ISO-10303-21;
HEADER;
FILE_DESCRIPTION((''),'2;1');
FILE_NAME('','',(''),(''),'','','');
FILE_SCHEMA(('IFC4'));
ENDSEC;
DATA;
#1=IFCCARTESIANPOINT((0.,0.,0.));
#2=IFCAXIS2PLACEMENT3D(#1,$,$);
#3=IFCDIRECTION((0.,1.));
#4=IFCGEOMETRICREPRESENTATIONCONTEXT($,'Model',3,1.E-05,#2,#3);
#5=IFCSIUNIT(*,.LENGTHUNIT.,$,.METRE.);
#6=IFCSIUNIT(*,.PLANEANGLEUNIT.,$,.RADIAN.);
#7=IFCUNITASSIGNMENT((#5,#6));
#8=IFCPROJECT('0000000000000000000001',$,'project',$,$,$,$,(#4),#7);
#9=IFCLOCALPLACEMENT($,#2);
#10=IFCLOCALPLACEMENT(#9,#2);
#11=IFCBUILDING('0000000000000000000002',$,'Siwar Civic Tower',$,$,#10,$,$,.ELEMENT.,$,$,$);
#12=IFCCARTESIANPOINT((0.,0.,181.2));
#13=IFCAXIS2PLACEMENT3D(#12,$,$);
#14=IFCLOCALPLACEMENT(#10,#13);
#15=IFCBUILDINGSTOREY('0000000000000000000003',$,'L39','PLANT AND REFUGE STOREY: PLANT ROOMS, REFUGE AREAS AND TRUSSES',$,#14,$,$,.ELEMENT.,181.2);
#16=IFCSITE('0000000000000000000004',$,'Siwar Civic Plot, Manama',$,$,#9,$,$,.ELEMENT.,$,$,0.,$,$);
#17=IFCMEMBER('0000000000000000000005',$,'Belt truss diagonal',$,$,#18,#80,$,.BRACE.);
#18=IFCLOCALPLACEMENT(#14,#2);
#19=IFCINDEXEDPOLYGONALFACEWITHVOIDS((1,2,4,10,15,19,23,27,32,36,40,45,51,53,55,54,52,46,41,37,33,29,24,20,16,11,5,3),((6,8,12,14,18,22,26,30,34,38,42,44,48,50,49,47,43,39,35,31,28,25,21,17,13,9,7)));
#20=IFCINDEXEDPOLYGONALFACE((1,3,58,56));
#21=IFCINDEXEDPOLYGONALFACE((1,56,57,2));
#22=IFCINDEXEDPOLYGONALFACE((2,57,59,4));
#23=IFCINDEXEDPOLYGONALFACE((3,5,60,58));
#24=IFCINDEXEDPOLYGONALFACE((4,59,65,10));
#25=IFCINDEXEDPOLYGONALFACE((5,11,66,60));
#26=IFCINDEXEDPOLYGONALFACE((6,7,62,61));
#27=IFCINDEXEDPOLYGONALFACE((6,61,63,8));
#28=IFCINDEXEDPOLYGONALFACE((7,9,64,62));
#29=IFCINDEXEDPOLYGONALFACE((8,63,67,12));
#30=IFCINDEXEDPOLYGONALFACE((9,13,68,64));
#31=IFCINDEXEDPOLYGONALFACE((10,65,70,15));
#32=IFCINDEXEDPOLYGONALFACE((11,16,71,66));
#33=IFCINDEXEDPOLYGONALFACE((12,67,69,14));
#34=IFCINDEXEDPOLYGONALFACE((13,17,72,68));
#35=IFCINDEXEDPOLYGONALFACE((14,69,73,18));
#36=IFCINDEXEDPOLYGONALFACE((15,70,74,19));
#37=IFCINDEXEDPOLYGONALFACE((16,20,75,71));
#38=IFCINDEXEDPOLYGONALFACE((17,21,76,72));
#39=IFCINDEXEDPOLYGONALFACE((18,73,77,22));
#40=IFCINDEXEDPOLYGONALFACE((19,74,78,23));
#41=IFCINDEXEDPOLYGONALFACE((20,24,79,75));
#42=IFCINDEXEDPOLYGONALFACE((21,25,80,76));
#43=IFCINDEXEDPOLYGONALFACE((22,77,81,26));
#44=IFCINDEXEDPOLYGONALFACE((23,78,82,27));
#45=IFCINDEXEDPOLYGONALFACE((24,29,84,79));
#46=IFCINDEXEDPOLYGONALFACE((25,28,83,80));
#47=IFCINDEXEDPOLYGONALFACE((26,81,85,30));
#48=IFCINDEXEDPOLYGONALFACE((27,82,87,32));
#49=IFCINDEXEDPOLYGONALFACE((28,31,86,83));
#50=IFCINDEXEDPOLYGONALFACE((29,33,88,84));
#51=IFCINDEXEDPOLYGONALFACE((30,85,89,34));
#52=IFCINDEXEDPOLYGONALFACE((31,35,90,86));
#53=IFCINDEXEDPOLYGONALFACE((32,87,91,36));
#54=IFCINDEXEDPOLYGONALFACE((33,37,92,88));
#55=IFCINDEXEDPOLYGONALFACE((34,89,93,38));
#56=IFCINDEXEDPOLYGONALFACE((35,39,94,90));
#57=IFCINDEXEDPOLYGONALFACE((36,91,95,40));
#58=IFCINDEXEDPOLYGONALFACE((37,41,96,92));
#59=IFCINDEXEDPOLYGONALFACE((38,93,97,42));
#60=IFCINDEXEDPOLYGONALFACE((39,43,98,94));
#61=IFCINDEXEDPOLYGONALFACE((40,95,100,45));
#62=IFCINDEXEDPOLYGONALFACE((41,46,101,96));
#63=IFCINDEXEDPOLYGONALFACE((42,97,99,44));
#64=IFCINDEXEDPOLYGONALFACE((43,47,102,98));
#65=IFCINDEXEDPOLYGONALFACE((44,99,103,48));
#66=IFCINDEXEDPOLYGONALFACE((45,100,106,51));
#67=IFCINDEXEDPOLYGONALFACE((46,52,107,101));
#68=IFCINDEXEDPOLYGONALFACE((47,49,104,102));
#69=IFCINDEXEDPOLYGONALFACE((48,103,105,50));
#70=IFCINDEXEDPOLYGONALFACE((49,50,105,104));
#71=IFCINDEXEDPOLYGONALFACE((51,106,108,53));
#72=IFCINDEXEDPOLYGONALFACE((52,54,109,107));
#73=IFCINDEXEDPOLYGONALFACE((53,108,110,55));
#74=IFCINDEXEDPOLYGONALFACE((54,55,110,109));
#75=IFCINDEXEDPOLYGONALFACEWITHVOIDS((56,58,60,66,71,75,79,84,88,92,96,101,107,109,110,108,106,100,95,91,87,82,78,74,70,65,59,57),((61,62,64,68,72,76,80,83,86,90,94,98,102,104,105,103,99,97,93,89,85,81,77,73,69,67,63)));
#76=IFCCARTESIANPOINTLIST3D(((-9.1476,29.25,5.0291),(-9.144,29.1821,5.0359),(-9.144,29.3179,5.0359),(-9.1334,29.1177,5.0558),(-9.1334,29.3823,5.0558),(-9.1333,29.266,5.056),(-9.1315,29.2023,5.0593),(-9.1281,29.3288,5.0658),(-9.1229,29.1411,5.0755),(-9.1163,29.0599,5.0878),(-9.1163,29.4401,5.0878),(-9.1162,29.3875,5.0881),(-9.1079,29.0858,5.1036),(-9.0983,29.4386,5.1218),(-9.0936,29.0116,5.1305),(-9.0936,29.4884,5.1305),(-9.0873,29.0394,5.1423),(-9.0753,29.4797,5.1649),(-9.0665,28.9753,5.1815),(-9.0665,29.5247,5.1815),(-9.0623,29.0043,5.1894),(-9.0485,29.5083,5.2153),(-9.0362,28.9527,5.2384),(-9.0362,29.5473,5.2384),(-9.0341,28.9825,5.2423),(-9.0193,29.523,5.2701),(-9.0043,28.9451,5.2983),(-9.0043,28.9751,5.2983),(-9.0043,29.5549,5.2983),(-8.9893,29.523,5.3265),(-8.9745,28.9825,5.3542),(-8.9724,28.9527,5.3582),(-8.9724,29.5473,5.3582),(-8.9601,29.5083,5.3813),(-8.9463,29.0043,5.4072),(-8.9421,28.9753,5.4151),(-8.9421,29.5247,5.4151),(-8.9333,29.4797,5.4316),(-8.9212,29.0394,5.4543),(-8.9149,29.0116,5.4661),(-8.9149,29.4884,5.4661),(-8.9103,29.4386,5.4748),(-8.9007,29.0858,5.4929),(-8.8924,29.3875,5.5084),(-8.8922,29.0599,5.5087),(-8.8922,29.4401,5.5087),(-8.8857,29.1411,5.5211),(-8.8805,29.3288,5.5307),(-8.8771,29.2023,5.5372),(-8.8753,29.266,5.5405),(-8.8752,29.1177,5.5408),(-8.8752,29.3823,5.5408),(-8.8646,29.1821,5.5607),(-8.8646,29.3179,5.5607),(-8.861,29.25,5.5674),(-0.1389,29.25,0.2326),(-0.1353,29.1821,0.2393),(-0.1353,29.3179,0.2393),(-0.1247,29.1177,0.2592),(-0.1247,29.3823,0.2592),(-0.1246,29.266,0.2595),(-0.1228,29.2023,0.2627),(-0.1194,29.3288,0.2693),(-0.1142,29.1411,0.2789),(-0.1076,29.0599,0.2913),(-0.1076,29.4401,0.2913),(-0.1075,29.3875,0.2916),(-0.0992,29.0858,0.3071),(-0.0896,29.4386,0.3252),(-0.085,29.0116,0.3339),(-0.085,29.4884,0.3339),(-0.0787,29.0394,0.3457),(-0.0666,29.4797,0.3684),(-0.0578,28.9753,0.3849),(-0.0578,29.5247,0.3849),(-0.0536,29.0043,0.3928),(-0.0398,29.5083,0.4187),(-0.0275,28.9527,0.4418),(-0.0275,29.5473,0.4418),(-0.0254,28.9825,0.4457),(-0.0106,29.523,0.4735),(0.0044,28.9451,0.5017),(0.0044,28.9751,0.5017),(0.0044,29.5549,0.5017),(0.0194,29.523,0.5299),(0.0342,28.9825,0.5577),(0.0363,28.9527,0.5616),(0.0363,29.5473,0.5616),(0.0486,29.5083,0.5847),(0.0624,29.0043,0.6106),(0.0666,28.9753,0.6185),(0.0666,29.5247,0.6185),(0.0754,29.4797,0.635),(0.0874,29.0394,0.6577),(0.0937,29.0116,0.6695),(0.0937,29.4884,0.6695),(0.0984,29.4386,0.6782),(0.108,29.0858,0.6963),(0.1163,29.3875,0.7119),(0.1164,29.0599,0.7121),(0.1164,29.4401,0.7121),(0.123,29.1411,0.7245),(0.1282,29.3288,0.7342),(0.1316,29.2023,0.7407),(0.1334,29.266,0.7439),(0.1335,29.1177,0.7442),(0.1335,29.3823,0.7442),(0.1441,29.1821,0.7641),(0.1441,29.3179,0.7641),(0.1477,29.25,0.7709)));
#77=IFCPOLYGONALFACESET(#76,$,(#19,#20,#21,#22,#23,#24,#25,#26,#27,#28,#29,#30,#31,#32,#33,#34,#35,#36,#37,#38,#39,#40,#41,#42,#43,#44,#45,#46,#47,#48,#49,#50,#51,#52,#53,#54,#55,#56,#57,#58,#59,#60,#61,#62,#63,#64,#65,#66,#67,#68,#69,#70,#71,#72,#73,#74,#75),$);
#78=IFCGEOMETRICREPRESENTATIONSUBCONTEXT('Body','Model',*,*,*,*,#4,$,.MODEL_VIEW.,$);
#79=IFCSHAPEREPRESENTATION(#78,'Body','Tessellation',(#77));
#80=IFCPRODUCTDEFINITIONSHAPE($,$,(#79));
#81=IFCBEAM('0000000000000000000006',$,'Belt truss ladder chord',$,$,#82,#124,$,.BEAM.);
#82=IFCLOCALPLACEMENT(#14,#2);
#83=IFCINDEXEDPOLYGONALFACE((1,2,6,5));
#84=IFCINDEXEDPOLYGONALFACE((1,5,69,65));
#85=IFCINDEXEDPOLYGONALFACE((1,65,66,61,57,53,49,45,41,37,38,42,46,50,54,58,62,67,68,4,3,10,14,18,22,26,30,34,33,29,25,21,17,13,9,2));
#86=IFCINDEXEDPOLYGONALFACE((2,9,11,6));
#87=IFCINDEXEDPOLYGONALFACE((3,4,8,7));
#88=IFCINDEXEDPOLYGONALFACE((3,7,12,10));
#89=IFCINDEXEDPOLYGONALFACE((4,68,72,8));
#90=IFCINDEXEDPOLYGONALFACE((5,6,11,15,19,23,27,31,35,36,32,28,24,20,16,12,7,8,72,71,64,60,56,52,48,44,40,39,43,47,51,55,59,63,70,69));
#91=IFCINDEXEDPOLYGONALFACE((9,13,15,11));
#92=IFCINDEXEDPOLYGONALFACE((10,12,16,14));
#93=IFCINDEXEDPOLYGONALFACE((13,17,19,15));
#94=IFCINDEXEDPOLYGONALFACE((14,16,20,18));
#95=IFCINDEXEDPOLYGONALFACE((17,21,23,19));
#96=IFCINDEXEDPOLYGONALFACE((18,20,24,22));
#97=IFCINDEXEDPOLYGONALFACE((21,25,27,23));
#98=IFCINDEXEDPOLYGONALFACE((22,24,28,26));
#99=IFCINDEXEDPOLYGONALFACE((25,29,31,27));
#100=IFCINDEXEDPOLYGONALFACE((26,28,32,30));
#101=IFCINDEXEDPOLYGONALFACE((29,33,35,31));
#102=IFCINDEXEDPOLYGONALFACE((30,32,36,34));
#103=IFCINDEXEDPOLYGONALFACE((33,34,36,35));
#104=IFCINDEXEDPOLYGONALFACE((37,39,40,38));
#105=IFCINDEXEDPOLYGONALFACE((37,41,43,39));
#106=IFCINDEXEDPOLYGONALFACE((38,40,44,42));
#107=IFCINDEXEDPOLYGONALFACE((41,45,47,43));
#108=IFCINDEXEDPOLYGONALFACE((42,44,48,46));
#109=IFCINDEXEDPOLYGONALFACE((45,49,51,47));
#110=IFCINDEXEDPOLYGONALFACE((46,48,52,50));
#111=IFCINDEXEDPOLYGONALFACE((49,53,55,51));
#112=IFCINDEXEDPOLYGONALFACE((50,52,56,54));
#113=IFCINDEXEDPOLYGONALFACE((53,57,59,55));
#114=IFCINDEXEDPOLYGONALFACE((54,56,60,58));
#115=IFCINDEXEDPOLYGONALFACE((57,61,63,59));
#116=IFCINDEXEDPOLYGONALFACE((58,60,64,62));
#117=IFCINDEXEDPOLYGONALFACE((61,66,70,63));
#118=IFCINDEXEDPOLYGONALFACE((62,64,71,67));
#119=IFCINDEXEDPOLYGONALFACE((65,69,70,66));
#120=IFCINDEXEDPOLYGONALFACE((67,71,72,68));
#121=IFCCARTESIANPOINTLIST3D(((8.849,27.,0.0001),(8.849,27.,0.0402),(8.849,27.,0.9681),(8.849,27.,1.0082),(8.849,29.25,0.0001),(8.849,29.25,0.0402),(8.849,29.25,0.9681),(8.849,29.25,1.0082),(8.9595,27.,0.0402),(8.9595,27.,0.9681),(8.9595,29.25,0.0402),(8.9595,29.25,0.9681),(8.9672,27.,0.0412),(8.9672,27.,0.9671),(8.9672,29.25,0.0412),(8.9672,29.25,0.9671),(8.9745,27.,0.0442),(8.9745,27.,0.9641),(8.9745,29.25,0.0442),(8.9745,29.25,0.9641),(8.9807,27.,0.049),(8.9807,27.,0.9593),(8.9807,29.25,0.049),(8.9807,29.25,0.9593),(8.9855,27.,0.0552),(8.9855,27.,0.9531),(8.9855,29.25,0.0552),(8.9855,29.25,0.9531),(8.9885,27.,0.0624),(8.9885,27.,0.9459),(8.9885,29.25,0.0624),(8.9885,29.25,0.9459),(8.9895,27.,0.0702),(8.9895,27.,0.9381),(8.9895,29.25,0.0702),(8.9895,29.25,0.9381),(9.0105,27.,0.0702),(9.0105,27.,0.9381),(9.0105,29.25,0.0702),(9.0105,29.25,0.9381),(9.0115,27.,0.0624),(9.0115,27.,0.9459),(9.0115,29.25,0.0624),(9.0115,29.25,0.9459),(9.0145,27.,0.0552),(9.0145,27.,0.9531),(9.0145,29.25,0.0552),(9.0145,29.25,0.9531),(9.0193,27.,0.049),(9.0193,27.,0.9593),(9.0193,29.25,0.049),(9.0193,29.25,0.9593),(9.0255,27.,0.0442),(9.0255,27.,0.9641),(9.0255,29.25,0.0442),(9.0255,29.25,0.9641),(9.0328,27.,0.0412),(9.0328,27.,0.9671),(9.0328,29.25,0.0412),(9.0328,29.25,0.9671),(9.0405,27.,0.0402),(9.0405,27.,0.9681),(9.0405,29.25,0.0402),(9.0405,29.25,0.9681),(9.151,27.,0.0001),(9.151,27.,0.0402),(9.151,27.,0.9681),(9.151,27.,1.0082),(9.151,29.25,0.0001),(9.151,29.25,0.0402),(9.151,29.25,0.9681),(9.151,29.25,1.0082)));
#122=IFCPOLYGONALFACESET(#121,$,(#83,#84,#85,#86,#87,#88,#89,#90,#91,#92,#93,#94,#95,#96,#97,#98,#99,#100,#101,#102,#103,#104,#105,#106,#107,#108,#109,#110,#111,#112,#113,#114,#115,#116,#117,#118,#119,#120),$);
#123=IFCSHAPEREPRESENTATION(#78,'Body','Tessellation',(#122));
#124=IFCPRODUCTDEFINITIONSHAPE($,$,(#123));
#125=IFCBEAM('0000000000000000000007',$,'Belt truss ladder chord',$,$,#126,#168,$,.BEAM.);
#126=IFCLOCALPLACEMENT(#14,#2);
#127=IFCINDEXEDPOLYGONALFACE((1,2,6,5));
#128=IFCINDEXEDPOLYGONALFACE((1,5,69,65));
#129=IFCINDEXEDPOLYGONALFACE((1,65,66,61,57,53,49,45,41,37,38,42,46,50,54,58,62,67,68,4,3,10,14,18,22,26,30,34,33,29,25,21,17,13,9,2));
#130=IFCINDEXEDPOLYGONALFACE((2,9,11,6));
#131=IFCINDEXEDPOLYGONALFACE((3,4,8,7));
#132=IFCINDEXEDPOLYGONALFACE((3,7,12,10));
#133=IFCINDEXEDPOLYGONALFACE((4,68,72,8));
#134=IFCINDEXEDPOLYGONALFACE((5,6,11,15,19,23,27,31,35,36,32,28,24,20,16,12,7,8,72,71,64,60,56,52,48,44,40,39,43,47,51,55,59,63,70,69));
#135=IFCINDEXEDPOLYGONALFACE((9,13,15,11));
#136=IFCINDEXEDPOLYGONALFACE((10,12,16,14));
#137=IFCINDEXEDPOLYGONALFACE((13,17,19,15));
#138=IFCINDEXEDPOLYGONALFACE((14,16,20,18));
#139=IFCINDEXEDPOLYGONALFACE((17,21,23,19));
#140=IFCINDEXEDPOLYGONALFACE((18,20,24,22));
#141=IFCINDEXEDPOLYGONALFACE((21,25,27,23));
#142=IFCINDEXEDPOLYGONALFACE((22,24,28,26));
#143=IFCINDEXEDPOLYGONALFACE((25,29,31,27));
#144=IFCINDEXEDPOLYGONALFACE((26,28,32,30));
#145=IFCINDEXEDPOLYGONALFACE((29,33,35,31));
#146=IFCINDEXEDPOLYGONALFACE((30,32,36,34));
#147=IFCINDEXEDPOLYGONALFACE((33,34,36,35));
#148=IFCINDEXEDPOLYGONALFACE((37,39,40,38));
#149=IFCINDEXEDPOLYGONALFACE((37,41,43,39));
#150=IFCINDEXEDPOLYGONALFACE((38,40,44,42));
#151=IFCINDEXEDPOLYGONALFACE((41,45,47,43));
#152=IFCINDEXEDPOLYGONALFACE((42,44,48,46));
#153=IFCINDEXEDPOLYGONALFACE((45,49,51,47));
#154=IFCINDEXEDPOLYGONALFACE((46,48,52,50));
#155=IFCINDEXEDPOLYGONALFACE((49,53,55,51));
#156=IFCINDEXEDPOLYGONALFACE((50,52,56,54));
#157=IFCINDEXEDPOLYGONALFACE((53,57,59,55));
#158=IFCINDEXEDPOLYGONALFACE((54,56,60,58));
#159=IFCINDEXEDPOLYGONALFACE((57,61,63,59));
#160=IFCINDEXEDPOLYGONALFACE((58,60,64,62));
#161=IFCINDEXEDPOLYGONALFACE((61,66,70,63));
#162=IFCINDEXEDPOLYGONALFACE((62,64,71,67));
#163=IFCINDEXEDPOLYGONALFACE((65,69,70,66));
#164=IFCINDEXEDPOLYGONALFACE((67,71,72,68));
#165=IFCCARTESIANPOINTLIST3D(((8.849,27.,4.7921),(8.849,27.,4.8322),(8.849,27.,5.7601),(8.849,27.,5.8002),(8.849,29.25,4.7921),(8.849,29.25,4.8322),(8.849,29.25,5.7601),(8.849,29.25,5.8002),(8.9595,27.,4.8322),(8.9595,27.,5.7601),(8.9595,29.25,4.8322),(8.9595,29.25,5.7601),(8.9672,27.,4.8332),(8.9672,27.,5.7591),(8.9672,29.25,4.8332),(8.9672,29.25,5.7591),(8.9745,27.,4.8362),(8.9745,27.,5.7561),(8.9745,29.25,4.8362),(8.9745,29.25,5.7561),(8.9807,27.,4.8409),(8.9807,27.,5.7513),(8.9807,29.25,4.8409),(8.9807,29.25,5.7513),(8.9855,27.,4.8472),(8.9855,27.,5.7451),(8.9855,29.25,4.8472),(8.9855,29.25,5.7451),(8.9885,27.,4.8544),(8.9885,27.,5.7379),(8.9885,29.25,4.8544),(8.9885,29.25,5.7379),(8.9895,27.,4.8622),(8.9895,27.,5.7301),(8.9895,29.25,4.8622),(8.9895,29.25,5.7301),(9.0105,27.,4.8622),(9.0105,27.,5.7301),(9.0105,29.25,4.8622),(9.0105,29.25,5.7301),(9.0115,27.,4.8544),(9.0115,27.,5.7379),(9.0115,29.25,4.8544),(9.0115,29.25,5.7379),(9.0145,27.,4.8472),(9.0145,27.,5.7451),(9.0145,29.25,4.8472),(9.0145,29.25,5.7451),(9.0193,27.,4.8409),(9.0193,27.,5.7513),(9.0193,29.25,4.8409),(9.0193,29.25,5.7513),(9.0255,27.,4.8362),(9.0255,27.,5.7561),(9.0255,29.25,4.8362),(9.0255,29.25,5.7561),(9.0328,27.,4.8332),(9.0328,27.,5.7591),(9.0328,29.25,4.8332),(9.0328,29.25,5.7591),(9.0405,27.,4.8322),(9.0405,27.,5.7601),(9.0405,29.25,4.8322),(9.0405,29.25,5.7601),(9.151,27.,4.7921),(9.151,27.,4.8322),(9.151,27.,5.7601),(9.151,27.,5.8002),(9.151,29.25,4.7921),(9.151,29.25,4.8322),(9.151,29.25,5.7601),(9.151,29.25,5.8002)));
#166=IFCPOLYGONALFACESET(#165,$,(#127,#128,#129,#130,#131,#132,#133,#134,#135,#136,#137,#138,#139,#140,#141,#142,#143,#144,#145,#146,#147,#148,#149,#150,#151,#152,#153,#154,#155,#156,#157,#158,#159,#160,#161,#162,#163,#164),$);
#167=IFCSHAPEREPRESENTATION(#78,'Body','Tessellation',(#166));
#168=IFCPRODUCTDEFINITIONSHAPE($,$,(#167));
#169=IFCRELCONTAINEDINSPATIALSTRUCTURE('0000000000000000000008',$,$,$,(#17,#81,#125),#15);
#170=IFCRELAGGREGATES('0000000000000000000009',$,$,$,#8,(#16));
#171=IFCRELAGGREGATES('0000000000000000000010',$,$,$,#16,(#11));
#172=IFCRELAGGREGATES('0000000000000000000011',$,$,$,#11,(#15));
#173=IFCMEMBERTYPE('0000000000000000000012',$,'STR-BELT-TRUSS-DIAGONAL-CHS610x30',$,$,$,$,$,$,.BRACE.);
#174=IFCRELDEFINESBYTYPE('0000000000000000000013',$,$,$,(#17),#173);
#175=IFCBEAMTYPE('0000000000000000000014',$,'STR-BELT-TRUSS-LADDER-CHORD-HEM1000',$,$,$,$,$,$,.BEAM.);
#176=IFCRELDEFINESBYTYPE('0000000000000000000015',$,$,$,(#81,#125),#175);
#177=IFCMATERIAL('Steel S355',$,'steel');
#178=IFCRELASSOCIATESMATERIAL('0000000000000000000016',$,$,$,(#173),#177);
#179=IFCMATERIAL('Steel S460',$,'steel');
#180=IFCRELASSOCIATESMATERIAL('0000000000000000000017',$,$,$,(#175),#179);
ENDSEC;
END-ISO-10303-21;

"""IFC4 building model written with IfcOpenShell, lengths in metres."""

from ifc_helpers import new_model, si_unit, direction, frame, origin, origin_2d, place, context, subcontext, project, spatial, hollow_circle, i_section, extrude, material, material_profile, profile_set, type_object, element, save


model = new_model("IFC4")

# Units and contexts
model_context = context("Model", 3, precision=1e-05, world=origin(), true_north=direction((0.0, 1.0)))
body_context = subcontext(model_context, "Body", "Model", "MODEL_VIEW")
ifc_project = project(units=[si_unit("LENGTHUNIT", "METRE"), si_unit("PLANEANGLEUNIT", "RADIAN")], contexts=[model_context])

# Site, building, storey
site_placement = place(None, origin())
site = spatial("IfcSite", under=ifc_project, at=site_placement, Name="Siwar Civic Plot, Manama", CompositionType="ELEMENT", RefElevation=0.0)
building_placement = place(site_placement, origin())
building = spatial("IfcBuilding", under=site, at=building_placement, Name="Siwar Civic Tower", CompositionType="ELEMENT")
storey_placement = place(building_placement, frame((0.0, 0.0, 181.2)))
storey = spatial("IfcBuildingStorey", under=building, at=storey_placement, Name="L39", Description="PLANT AND REFUGE STOREY: PLANT ROOMS, REFUGE AREAS AND TRUSSES", CompositionType="ELEMENT", Elevation=181.2)

# Member
ifc_material_1 = material(Name="Steel S355", Category="steel")
ifc_material_profile_1 = material_profile(ifc_material_1, hollow_circle(Radius=0.3049, WallThickness=0.03, at=origin_2d()), Name="CHS610x30")
ifc_profile_set_1 = profile_set([ifc_material_profile_1], Name="Steel S355")
member_type_1 = type_object("IfcMemberType", Name="STR-BELT-TRUSS-DIAGONAL-CHS610x30", PredefinedType="BRACE", material=ifc_profile_set_1)
for number, where, z_axis, x_axis, name in (
    (1, (0.0044, 29.25, 0.5017), (-0.882681, 0.0, 0.469974), (0.0, -1.0, 0.0), "Belt truss diagonal"),
):
    element("IfcMember", number, at=place(storey_placement, frame(where, z_axis=z_axis, x_axis=x_axis)), inside=storey, type_object=member_type_1, Name=name, PredefinedType="BRACE", context=body_context, shape_type="SweptSolid", body=[
        extrude(hollow_circle(Radius=0.3049, WallThickness=0.03, at=origin_2d()), origin(), (0.0, 0.0, 1.0), 10.2061),
    ])

# Beams
ifc_material_2 = material(Name="Steel S460", Category="steel")
ifc_material_profile_2 = material_profile(ifc_material_2, i_section(OverallWidth=0.302, OverallDepth=1.0081, WebThickness=0.021, FlangeThickness=0.04, FilletRadius=0.03, at=origin_2d()), Name="HEM1000")
ifc_profile_set_2 = profile_set([ifc_material_profile_2], Name="Steel S460")
beam_type_1 = type_object("IfcBeamType", Name="STR-BELT-TRUSS-LADDER-CHORD-HEM1000", PredefinedType="BEAM", material=ifc_profile_set_2)
for number, where, z_axis, x_axis, name in (
    (2, (9.0, 27.0, 0.5042), (0.0, 1.0, 0.0), (-1.0, 0.0, 0.0), "Belt truss ladder chord"),
    (3, (9.0, 27.0, 5.2961), (0.0, 1.0, 0.0), (-1.0, 0.0, 0.0), "Belt truss ladder chord"),
):
    element("IfcBeam", number, at=place(storey_placement, frame(where, z_axis=z_axis, x_axis=x_axis)), inside=storey, type_object=beam_type_1, Name=name, PredefinedType="BEAM", context=body_context, shape_type="SweptSolid", body=[
        extrude(i_section(OverallWidth=0.302, OverallDepth=1.0081, WebThickness=0.021, FlangeThickness=0.04, FilletRadius=0.03, at=origin_2d()), origin(), (0.0, 0.0, 1.0), 2.25),
    ])

save(model, "model.ifc")
